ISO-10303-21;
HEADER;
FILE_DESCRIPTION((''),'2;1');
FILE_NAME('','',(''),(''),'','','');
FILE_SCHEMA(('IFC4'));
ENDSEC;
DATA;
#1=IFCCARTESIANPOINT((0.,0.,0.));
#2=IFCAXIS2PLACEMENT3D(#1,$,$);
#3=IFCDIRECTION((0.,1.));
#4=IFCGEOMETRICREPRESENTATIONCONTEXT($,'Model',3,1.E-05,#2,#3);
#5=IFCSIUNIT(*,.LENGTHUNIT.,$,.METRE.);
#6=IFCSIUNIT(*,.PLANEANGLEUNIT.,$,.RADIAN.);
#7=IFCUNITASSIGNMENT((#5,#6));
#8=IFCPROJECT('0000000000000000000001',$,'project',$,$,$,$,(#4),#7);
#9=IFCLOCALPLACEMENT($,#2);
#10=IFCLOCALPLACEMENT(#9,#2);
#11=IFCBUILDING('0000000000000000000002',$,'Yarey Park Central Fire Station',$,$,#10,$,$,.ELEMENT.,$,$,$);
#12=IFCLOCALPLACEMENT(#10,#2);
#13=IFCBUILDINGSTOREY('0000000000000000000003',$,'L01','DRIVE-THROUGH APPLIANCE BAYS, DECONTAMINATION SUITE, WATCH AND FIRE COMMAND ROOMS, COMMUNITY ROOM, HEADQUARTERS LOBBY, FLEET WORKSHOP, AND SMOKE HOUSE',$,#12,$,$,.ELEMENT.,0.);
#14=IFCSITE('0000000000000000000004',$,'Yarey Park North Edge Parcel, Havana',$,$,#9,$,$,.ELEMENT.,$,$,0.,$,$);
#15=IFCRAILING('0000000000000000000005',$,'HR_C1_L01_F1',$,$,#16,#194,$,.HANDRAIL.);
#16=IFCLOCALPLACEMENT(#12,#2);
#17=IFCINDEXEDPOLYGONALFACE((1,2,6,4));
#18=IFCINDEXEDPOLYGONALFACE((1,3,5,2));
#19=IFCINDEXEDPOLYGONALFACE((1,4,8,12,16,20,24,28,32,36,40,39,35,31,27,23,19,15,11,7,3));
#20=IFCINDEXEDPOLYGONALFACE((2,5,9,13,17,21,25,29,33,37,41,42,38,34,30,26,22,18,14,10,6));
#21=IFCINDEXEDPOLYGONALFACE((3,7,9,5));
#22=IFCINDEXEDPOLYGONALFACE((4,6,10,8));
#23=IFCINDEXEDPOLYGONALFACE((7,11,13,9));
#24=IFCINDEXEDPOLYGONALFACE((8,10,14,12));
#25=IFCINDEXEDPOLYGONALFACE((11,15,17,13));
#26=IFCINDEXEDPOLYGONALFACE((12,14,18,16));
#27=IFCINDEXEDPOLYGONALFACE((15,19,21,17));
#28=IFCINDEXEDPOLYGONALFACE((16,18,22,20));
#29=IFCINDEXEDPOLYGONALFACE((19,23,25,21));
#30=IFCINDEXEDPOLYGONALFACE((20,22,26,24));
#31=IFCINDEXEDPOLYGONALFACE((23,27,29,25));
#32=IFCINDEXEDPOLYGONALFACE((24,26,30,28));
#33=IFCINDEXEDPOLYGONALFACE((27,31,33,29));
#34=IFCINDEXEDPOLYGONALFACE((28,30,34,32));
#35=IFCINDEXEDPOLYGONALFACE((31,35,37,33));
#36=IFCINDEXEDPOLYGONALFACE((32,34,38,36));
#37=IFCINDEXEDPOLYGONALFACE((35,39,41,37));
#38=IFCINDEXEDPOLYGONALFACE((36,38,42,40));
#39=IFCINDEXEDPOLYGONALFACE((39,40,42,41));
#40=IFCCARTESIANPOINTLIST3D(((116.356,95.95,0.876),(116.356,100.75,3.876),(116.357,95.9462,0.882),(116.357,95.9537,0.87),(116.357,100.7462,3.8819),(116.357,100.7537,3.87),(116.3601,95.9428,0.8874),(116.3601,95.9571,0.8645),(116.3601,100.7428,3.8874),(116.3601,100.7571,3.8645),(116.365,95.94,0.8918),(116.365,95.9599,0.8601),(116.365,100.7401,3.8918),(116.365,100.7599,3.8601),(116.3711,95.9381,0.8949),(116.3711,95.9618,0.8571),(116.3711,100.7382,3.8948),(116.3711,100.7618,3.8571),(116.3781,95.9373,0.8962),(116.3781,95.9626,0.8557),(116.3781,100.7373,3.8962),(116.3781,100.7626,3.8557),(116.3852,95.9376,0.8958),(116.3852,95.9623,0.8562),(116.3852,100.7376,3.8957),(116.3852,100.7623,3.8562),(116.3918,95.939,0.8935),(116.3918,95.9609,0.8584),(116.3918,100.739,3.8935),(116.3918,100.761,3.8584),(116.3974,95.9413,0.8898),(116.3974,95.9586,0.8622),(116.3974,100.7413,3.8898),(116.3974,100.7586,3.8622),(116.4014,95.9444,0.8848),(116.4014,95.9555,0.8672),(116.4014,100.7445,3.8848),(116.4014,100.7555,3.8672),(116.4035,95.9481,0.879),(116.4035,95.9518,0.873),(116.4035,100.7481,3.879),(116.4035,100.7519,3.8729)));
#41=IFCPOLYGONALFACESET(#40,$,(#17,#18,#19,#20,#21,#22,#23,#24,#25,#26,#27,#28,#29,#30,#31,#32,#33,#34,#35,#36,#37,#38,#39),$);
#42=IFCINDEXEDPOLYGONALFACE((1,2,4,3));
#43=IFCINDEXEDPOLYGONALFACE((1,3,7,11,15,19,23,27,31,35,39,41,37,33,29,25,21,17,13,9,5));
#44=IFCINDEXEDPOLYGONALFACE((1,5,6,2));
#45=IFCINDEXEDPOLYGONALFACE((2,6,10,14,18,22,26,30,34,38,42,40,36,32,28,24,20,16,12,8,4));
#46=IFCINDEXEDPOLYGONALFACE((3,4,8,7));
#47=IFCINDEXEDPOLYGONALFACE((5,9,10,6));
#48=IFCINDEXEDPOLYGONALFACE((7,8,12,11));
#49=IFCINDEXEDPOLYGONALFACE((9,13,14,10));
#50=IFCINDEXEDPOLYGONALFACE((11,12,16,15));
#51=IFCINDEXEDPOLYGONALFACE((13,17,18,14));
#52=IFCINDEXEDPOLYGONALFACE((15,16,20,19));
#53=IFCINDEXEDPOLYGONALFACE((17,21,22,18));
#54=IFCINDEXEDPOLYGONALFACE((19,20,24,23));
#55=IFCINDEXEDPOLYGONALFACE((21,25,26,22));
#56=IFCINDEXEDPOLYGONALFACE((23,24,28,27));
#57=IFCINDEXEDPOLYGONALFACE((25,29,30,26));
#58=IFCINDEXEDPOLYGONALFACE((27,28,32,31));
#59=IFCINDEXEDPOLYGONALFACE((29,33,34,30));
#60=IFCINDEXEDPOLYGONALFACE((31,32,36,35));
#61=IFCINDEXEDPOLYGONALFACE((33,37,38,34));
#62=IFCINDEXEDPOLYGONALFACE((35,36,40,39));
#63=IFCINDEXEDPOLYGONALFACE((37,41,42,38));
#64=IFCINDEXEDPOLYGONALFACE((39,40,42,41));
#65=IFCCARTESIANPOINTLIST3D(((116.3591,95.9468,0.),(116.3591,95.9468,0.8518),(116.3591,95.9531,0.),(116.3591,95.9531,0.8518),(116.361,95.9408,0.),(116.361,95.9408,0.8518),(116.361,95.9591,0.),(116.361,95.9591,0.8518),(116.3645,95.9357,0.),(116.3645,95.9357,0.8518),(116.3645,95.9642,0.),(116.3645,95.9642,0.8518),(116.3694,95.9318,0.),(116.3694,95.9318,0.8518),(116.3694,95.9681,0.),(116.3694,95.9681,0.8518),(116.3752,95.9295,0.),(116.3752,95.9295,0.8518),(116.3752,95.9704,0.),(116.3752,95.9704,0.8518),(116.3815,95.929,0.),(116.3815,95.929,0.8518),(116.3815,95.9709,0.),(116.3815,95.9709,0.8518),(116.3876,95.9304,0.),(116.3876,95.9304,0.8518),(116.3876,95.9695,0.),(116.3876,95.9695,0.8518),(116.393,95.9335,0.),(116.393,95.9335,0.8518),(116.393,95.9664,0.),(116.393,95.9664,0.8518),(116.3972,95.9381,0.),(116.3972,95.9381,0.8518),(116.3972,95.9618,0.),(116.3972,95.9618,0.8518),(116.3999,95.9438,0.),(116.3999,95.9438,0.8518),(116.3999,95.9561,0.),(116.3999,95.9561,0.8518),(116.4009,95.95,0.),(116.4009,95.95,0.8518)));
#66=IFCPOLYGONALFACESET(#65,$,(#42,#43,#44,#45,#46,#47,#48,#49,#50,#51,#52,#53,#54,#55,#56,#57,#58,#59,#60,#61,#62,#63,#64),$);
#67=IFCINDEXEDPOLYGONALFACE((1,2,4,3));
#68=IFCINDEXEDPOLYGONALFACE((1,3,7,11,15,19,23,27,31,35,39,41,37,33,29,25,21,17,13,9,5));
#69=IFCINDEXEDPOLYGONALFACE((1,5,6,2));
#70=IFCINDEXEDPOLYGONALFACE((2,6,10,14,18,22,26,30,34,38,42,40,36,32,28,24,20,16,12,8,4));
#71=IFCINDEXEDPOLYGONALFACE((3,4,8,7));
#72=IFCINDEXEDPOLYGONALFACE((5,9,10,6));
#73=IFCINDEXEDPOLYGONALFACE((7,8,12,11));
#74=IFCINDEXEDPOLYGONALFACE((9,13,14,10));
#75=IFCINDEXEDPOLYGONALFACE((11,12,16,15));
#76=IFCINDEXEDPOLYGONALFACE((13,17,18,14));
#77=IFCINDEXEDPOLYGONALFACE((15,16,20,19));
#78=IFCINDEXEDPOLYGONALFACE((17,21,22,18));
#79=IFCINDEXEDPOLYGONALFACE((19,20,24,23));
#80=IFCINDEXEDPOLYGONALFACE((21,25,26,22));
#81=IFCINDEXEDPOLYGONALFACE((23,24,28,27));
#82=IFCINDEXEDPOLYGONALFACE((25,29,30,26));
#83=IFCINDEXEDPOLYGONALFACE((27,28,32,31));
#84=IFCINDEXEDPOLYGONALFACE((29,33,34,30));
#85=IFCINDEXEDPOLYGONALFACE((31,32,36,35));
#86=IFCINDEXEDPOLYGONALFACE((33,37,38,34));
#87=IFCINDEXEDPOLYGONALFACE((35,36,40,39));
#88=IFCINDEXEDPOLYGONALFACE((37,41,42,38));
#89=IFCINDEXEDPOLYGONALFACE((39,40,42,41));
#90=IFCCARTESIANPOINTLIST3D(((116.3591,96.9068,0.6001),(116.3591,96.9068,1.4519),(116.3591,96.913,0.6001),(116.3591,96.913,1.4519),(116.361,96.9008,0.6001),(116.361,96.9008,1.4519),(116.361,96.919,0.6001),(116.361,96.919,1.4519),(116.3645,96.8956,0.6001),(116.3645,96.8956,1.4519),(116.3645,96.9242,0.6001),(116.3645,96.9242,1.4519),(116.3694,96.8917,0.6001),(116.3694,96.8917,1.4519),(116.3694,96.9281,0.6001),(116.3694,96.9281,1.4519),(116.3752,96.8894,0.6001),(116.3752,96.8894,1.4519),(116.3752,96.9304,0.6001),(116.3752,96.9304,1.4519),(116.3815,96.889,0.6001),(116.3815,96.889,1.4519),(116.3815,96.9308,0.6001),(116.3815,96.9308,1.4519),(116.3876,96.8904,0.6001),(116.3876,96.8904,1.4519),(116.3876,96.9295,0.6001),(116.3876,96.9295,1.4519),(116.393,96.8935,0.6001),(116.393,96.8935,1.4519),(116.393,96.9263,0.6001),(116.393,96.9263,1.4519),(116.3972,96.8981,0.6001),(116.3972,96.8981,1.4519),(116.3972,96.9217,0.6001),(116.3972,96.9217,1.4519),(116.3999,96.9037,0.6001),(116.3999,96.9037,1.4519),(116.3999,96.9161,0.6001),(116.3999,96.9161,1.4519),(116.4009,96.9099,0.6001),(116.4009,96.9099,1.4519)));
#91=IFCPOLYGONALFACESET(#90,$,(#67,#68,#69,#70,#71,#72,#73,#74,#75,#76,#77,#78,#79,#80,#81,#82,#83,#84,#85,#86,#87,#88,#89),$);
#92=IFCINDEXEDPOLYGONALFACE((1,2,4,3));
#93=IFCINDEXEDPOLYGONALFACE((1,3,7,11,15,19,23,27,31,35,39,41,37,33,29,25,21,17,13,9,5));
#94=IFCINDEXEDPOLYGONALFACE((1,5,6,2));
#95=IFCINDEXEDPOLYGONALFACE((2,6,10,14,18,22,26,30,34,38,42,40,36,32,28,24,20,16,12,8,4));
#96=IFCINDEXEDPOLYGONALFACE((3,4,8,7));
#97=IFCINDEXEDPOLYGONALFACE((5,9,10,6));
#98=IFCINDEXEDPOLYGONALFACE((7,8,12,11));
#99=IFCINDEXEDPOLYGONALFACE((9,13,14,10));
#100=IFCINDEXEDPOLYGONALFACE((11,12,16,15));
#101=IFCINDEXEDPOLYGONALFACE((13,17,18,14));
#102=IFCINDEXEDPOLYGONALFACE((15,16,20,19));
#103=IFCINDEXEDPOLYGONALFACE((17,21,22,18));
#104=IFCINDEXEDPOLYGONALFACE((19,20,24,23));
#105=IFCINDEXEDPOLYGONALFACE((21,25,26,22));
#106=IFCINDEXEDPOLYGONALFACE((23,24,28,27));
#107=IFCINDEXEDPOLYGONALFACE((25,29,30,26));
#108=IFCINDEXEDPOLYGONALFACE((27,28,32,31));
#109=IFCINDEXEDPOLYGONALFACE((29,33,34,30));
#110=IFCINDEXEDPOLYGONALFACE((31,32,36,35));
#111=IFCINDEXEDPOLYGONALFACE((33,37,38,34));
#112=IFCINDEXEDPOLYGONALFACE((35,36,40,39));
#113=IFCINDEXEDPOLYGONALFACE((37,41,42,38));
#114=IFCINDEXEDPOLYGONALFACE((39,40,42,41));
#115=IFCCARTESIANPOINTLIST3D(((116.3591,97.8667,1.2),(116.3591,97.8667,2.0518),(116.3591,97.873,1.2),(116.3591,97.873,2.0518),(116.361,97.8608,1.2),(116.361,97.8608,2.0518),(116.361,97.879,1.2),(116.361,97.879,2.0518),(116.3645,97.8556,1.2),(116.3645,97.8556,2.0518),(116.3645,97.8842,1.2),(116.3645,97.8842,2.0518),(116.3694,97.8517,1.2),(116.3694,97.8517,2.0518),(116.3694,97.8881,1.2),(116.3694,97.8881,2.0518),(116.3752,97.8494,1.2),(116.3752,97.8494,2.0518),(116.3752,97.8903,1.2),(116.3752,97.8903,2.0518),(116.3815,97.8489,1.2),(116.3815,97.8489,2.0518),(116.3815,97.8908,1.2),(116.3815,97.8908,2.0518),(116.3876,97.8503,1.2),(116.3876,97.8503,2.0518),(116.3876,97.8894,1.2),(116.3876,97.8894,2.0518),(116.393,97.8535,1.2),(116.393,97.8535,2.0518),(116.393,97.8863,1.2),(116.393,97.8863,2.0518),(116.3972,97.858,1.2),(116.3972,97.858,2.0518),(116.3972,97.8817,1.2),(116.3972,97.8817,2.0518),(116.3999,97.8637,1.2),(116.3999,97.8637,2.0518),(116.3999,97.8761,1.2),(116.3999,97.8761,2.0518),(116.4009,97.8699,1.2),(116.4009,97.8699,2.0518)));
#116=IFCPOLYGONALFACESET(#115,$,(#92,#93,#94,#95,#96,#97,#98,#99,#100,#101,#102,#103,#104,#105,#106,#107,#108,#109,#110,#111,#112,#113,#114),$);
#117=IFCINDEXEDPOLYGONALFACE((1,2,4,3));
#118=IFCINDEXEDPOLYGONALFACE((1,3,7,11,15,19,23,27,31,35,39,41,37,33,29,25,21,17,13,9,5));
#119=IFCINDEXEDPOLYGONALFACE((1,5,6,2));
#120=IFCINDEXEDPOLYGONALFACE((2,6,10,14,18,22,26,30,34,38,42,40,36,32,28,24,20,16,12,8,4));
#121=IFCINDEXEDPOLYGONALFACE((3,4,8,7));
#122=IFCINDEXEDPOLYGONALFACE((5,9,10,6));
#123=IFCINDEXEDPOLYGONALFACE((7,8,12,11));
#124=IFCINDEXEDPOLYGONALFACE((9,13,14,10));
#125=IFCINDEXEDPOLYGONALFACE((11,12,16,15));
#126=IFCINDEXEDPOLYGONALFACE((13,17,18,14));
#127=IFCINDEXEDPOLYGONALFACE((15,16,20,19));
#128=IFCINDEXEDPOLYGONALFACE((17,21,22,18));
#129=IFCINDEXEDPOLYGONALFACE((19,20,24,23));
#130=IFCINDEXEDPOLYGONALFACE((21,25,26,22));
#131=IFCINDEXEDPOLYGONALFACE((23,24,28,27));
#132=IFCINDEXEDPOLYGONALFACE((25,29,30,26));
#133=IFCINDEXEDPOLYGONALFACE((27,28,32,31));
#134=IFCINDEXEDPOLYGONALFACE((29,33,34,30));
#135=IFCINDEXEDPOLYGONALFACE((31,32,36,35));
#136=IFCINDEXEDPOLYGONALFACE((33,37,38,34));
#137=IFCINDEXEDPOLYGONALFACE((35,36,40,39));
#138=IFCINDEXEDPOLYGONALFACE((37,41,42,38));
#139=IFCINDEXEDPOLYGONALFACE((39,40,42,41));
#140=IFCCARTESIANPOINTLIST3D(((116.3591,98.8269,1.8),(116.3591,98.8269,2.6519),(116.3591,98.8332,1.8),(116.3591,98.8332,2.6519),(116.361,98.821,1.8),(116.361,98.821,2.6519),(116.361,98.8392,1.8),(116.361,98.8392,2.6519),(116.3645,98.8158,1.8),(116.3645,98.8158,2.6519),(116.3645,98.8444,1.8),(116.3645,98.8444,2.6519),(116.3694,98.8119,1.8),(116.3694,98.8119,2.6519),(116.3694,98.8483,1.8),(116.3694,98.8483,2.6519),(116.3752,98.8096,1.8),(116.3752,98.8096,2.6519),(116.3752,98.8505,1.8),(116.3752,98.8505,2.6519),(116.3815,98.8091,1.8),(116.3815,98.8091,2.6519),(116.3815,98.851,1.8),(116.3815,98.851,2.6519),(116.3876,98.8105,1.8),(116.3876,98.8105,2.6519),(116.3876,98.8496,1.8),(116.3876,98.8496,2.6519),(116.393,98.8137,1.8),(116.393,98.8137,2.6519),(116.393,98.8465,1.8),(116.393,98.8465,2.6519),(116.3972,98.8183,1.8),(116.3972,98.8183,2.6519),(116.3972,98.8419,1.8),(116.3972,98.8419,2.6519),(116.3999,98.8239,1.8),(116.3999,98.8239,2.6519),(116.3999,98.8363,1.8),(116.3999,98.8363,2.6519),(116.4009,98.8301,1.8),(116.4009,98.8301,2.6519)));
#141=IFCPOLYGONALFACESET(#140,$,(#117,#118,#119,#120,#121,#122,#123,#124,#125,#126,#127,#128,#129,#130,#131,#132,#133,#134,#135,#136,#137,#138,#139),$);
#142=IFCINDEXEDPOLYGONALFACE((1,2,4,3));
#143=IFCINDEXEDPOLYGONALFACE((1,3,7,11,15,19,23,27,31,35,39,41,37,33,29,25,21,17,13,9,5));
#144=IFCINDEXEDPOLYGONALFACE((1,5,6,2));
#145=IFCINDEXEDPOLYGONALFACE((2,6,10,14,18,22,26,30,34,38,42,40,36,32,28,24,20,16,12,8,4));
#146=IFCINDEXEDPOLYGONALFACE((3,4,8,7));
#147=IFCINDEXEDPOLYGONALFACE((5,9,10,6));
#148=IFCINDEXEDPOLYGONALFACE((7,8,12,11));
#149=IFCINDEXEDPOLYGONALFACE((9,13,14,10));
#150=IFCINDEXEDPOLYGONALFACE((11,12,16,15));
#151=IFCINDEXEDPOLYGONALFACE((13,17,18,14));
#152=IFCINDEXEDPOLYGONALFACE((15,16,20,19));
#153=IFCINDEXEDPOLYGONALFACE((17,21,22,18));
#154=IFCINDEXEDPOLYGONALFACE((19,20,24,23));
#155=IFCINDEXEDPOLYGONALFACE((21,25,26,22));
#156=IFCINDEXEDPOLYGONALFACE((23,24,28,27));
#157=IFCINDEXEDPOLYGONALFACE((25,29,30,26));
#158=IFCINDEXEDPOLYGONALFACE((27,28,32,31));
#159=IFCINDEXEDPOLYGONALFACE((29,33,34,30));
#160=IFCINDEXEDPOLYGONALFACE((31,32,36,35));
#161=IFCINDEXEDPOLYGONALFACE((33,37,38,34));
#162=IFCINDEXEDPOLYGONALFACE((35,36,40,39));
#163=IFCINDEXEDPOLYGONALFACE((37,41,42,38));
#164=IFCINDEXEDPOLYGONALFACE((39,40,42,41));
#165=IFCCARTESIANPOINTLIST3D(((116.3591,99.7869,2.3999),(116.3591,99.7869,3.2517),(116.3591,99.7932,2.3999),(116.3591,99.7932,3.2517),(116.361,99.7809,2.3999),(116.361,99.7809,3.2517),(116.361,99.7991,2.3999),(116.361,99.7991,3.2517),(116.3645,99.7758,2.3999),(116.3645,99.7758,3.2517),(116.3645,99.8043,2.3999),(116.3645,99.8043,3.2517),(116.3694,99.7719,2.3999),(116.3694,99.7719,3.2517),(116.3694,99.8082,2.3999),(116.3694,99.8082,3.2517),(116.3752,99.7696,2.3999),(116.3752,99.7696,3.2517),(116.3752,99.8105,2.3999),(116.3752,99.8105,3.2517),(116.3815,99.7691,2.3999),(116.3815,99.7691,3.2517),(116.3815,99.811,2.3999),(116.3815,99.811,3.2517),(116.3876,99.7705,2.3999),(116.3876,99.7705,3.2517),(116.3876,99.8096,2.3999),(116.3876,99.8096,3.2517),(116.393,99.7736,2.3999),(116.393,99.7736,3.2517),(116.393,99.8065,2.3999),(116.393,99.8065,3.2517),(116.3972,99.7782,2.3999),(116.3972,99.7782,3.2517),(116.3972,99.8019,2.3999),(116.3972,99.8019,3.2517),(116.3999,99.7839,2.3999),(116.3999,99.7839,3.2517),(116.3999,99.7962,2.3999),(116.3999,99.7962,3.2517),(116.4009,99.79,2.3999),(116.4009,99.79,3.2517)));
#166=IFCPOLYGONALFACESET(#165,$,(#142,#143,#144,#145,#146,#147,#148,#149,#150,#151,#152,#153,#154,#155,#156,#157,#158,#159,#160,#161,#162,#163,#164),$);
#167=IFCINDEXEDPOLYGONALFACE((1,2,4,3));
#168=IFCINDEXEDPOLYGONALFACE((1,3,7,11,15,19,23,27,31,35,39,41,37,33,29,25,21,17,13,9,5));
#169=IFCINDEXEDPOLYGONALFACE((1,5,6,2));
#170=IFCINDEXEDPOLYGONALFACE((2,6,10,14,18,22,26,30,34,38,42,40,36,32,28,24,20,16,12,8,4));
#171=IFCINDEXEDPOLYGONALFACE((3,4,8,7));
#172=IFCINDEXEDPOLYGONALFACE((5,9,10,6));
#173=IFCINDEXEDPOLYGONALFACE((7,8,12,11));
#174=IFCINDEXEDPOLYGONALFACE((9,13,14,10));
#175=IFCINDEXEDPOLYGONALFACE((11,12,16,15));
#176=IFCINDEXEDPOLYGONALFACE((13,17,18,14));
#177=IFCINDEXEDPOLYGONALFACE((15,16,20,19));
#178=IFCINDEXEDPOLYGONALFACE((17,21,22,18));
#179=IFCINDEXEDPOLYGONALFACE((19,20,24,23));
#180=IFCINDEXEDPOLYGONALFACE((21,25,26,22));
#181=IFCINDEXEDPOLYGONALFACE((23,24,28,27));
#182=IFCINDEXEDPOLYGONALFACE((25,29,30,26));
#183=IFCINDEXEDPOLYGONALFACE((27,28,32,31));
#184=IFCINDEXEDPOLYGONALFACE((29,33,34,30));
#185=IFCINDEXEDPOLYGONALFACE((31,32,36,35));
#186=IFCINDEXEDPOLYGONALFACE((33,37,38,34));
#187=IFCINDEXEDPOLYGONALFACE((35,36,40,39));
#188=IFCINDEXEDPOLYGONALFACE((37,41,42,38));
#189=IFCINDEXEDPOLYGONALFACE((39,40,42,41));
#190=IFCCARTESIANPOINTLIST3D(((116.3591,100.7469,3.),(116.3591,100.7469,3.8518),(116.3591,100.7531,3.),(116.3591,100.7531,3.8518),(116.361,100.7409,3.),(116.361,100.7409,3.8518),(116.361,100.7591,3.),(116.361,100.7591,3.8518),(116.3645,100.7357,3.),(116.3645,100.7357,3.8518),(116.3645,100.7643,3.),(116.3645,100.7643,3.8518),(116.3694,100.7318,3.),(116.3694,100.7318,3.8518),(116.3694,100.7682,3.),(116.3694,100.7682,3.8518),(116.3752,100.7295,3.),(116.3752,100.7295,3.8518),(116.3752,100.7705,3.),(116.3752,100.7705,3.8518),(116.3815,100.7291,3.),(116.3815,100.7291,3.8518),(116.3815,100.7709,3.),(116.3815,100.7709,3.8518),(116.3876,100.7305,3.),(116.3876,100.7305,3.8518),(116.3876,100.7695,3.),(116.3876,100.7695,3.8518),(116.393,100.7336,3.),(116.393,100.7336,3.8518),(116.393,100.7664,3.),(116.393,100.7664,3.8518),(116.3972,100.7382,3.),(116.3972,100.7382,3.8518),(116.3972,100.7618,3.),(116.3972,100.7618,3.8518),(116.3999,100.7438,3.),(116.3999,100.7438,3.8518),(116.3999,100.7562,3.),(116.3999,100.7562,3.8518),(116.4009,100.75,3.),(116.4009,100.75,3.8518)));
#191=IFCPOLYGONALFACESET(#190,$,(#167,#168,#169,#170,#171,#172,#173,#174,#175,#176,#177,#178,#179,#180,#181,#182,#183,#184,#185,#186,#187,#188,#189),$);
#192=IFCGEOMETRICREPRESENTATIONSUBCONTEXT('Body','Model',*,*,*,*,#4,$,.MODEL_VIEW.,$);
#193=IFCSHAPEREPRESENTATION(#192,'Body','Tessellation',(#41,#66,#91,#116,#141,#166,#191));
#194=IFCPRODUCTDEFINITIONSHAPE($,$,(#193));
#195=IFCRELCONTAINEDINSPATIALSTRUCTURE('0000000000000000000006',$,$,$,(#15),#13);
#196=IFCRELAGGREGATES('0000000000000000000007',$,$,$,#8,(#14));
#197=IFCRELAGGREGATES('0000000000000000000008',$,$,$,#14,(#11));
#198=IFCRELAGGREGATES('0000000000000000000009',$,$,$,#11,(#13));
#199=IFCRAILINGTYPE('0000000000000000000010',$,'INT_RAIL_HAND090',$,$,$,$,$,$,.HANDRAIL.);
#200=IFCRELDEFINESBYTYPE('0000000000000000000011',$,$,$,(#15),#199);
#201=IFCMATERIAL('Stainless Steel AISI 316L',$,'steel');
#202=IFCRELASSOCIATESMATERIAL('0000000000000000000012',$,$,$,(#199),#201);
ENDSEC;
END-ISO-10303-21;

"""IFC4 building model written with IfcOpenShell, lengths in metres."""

from ifc_helpers import new_model, si_unit, direction, frame, origin, origin_2d, place, context, subcontext, project, spatial, circle, extrude, material, type_object, element, save


model = new_model("IFC4")

# Units and contexts
model_context = context("Model", 3, precision=1e-05, world=origin(), true_north=direction((0.0, 1.0)))
body_context = subcontext(model_context, "Body", "Model", "MODEL_VIEW")
ifc_project = project(units=[si_unit("LENGTHUNIT", "METRE"), si_unit("PLANEANGLEUNIT", "RADIAN")], contexts=[model_context])

# Site, building, storey
site_placement = place(None, origin())
site = spatial("IfcSite", under=ifc_project, at=site_placement, Name="Yarey Park North Edge Parcel, Havana", CompositionType="ELEMENT", RefElevation=0.0)
building_placement = place(site_placement, origin())
building = spatial("IfcBuilding", under=site, at=building_placement, Name="Yarey Park Central Fire Station", CompositionType="ELEMENT")
storey_placement = place(building_placement, origin())
storey = spatial("IfcBuildingStorey", under=building, at=storey_placement, Name="L01", Description="DRIVE-THROUGH APPLIANCE BAYS, DECONTAMINATION SUITE, WATCH AND FIRE COMMAND ROOMS, COMMUNITY ROOM, HEADQUARTERS LOBBY, FLEET WORKSHOP, AND SMOKE HOUSE", CompositionType="ELEMENT", Elevation=0.0)

# Railing
ifc_material_1 = material(Name="Stainless Steel AISI 316L", Category="steel")
railing_type = type_object("IfcRailingType", Name="INT_RAIL_HAND090", PredefinedType="HANDRAIL", material=ifc_material_1)
railing_placement = place(storey_placement, frame((116.3799, 95.95, 0.0)))
element("IfcRailing", 1, at=railing_placement, inside=storey, type_object=railing_type, Name="HR_C1_L01_F1", PredefinedType="HANDRAIL", context=body_context, shape_type="SweptSolid", body=[
    extrude(circle(Radius=0.0239, at=origin_2d()), frame((0.0, 0.0, 0.876), z_axis=(0.0, 0.848001, 0.529995), x_axis=(-1.0, 0.0, 0.0)), (0.0, 0.0, 1.0), 5.6604),
    extrude(circle(Radius=0.021, at=origin_2d()), origin(), (0.0, 0.0, 1.0), 0.8518),
    extrude(circle(Radius=0.021, at=origin_2d()), frame((0.0, 0.96, 0.6001)), (0.0, 0.0, 1.0), 0.8518),
    extrude(circle(Radius=0.021, at=origin_2d()), frame((0.0, 1.9199, 1.2)), (0.0, 0.0, 1.0), 0.8518),
    extrude(circle(Radius=0.021, at=origin_2d()), frame((0.0, 2.8801, 1.8)), (0.0, 0.0, 1.0), 0.8518),
    extrude(circle(Radius=0.021, at=origin_2d()), frame((0.0, 3.8401, 2.3999)), (0.0, 0.0, 1.0), 0.8518),
    extrude(circle(Radius=0.021, at=origin_2d()), frame((0.0, 4.8, 3.0)), (0.0, 0.0, 1.0), 0.8518),
])

save(model, "model.ifc")
